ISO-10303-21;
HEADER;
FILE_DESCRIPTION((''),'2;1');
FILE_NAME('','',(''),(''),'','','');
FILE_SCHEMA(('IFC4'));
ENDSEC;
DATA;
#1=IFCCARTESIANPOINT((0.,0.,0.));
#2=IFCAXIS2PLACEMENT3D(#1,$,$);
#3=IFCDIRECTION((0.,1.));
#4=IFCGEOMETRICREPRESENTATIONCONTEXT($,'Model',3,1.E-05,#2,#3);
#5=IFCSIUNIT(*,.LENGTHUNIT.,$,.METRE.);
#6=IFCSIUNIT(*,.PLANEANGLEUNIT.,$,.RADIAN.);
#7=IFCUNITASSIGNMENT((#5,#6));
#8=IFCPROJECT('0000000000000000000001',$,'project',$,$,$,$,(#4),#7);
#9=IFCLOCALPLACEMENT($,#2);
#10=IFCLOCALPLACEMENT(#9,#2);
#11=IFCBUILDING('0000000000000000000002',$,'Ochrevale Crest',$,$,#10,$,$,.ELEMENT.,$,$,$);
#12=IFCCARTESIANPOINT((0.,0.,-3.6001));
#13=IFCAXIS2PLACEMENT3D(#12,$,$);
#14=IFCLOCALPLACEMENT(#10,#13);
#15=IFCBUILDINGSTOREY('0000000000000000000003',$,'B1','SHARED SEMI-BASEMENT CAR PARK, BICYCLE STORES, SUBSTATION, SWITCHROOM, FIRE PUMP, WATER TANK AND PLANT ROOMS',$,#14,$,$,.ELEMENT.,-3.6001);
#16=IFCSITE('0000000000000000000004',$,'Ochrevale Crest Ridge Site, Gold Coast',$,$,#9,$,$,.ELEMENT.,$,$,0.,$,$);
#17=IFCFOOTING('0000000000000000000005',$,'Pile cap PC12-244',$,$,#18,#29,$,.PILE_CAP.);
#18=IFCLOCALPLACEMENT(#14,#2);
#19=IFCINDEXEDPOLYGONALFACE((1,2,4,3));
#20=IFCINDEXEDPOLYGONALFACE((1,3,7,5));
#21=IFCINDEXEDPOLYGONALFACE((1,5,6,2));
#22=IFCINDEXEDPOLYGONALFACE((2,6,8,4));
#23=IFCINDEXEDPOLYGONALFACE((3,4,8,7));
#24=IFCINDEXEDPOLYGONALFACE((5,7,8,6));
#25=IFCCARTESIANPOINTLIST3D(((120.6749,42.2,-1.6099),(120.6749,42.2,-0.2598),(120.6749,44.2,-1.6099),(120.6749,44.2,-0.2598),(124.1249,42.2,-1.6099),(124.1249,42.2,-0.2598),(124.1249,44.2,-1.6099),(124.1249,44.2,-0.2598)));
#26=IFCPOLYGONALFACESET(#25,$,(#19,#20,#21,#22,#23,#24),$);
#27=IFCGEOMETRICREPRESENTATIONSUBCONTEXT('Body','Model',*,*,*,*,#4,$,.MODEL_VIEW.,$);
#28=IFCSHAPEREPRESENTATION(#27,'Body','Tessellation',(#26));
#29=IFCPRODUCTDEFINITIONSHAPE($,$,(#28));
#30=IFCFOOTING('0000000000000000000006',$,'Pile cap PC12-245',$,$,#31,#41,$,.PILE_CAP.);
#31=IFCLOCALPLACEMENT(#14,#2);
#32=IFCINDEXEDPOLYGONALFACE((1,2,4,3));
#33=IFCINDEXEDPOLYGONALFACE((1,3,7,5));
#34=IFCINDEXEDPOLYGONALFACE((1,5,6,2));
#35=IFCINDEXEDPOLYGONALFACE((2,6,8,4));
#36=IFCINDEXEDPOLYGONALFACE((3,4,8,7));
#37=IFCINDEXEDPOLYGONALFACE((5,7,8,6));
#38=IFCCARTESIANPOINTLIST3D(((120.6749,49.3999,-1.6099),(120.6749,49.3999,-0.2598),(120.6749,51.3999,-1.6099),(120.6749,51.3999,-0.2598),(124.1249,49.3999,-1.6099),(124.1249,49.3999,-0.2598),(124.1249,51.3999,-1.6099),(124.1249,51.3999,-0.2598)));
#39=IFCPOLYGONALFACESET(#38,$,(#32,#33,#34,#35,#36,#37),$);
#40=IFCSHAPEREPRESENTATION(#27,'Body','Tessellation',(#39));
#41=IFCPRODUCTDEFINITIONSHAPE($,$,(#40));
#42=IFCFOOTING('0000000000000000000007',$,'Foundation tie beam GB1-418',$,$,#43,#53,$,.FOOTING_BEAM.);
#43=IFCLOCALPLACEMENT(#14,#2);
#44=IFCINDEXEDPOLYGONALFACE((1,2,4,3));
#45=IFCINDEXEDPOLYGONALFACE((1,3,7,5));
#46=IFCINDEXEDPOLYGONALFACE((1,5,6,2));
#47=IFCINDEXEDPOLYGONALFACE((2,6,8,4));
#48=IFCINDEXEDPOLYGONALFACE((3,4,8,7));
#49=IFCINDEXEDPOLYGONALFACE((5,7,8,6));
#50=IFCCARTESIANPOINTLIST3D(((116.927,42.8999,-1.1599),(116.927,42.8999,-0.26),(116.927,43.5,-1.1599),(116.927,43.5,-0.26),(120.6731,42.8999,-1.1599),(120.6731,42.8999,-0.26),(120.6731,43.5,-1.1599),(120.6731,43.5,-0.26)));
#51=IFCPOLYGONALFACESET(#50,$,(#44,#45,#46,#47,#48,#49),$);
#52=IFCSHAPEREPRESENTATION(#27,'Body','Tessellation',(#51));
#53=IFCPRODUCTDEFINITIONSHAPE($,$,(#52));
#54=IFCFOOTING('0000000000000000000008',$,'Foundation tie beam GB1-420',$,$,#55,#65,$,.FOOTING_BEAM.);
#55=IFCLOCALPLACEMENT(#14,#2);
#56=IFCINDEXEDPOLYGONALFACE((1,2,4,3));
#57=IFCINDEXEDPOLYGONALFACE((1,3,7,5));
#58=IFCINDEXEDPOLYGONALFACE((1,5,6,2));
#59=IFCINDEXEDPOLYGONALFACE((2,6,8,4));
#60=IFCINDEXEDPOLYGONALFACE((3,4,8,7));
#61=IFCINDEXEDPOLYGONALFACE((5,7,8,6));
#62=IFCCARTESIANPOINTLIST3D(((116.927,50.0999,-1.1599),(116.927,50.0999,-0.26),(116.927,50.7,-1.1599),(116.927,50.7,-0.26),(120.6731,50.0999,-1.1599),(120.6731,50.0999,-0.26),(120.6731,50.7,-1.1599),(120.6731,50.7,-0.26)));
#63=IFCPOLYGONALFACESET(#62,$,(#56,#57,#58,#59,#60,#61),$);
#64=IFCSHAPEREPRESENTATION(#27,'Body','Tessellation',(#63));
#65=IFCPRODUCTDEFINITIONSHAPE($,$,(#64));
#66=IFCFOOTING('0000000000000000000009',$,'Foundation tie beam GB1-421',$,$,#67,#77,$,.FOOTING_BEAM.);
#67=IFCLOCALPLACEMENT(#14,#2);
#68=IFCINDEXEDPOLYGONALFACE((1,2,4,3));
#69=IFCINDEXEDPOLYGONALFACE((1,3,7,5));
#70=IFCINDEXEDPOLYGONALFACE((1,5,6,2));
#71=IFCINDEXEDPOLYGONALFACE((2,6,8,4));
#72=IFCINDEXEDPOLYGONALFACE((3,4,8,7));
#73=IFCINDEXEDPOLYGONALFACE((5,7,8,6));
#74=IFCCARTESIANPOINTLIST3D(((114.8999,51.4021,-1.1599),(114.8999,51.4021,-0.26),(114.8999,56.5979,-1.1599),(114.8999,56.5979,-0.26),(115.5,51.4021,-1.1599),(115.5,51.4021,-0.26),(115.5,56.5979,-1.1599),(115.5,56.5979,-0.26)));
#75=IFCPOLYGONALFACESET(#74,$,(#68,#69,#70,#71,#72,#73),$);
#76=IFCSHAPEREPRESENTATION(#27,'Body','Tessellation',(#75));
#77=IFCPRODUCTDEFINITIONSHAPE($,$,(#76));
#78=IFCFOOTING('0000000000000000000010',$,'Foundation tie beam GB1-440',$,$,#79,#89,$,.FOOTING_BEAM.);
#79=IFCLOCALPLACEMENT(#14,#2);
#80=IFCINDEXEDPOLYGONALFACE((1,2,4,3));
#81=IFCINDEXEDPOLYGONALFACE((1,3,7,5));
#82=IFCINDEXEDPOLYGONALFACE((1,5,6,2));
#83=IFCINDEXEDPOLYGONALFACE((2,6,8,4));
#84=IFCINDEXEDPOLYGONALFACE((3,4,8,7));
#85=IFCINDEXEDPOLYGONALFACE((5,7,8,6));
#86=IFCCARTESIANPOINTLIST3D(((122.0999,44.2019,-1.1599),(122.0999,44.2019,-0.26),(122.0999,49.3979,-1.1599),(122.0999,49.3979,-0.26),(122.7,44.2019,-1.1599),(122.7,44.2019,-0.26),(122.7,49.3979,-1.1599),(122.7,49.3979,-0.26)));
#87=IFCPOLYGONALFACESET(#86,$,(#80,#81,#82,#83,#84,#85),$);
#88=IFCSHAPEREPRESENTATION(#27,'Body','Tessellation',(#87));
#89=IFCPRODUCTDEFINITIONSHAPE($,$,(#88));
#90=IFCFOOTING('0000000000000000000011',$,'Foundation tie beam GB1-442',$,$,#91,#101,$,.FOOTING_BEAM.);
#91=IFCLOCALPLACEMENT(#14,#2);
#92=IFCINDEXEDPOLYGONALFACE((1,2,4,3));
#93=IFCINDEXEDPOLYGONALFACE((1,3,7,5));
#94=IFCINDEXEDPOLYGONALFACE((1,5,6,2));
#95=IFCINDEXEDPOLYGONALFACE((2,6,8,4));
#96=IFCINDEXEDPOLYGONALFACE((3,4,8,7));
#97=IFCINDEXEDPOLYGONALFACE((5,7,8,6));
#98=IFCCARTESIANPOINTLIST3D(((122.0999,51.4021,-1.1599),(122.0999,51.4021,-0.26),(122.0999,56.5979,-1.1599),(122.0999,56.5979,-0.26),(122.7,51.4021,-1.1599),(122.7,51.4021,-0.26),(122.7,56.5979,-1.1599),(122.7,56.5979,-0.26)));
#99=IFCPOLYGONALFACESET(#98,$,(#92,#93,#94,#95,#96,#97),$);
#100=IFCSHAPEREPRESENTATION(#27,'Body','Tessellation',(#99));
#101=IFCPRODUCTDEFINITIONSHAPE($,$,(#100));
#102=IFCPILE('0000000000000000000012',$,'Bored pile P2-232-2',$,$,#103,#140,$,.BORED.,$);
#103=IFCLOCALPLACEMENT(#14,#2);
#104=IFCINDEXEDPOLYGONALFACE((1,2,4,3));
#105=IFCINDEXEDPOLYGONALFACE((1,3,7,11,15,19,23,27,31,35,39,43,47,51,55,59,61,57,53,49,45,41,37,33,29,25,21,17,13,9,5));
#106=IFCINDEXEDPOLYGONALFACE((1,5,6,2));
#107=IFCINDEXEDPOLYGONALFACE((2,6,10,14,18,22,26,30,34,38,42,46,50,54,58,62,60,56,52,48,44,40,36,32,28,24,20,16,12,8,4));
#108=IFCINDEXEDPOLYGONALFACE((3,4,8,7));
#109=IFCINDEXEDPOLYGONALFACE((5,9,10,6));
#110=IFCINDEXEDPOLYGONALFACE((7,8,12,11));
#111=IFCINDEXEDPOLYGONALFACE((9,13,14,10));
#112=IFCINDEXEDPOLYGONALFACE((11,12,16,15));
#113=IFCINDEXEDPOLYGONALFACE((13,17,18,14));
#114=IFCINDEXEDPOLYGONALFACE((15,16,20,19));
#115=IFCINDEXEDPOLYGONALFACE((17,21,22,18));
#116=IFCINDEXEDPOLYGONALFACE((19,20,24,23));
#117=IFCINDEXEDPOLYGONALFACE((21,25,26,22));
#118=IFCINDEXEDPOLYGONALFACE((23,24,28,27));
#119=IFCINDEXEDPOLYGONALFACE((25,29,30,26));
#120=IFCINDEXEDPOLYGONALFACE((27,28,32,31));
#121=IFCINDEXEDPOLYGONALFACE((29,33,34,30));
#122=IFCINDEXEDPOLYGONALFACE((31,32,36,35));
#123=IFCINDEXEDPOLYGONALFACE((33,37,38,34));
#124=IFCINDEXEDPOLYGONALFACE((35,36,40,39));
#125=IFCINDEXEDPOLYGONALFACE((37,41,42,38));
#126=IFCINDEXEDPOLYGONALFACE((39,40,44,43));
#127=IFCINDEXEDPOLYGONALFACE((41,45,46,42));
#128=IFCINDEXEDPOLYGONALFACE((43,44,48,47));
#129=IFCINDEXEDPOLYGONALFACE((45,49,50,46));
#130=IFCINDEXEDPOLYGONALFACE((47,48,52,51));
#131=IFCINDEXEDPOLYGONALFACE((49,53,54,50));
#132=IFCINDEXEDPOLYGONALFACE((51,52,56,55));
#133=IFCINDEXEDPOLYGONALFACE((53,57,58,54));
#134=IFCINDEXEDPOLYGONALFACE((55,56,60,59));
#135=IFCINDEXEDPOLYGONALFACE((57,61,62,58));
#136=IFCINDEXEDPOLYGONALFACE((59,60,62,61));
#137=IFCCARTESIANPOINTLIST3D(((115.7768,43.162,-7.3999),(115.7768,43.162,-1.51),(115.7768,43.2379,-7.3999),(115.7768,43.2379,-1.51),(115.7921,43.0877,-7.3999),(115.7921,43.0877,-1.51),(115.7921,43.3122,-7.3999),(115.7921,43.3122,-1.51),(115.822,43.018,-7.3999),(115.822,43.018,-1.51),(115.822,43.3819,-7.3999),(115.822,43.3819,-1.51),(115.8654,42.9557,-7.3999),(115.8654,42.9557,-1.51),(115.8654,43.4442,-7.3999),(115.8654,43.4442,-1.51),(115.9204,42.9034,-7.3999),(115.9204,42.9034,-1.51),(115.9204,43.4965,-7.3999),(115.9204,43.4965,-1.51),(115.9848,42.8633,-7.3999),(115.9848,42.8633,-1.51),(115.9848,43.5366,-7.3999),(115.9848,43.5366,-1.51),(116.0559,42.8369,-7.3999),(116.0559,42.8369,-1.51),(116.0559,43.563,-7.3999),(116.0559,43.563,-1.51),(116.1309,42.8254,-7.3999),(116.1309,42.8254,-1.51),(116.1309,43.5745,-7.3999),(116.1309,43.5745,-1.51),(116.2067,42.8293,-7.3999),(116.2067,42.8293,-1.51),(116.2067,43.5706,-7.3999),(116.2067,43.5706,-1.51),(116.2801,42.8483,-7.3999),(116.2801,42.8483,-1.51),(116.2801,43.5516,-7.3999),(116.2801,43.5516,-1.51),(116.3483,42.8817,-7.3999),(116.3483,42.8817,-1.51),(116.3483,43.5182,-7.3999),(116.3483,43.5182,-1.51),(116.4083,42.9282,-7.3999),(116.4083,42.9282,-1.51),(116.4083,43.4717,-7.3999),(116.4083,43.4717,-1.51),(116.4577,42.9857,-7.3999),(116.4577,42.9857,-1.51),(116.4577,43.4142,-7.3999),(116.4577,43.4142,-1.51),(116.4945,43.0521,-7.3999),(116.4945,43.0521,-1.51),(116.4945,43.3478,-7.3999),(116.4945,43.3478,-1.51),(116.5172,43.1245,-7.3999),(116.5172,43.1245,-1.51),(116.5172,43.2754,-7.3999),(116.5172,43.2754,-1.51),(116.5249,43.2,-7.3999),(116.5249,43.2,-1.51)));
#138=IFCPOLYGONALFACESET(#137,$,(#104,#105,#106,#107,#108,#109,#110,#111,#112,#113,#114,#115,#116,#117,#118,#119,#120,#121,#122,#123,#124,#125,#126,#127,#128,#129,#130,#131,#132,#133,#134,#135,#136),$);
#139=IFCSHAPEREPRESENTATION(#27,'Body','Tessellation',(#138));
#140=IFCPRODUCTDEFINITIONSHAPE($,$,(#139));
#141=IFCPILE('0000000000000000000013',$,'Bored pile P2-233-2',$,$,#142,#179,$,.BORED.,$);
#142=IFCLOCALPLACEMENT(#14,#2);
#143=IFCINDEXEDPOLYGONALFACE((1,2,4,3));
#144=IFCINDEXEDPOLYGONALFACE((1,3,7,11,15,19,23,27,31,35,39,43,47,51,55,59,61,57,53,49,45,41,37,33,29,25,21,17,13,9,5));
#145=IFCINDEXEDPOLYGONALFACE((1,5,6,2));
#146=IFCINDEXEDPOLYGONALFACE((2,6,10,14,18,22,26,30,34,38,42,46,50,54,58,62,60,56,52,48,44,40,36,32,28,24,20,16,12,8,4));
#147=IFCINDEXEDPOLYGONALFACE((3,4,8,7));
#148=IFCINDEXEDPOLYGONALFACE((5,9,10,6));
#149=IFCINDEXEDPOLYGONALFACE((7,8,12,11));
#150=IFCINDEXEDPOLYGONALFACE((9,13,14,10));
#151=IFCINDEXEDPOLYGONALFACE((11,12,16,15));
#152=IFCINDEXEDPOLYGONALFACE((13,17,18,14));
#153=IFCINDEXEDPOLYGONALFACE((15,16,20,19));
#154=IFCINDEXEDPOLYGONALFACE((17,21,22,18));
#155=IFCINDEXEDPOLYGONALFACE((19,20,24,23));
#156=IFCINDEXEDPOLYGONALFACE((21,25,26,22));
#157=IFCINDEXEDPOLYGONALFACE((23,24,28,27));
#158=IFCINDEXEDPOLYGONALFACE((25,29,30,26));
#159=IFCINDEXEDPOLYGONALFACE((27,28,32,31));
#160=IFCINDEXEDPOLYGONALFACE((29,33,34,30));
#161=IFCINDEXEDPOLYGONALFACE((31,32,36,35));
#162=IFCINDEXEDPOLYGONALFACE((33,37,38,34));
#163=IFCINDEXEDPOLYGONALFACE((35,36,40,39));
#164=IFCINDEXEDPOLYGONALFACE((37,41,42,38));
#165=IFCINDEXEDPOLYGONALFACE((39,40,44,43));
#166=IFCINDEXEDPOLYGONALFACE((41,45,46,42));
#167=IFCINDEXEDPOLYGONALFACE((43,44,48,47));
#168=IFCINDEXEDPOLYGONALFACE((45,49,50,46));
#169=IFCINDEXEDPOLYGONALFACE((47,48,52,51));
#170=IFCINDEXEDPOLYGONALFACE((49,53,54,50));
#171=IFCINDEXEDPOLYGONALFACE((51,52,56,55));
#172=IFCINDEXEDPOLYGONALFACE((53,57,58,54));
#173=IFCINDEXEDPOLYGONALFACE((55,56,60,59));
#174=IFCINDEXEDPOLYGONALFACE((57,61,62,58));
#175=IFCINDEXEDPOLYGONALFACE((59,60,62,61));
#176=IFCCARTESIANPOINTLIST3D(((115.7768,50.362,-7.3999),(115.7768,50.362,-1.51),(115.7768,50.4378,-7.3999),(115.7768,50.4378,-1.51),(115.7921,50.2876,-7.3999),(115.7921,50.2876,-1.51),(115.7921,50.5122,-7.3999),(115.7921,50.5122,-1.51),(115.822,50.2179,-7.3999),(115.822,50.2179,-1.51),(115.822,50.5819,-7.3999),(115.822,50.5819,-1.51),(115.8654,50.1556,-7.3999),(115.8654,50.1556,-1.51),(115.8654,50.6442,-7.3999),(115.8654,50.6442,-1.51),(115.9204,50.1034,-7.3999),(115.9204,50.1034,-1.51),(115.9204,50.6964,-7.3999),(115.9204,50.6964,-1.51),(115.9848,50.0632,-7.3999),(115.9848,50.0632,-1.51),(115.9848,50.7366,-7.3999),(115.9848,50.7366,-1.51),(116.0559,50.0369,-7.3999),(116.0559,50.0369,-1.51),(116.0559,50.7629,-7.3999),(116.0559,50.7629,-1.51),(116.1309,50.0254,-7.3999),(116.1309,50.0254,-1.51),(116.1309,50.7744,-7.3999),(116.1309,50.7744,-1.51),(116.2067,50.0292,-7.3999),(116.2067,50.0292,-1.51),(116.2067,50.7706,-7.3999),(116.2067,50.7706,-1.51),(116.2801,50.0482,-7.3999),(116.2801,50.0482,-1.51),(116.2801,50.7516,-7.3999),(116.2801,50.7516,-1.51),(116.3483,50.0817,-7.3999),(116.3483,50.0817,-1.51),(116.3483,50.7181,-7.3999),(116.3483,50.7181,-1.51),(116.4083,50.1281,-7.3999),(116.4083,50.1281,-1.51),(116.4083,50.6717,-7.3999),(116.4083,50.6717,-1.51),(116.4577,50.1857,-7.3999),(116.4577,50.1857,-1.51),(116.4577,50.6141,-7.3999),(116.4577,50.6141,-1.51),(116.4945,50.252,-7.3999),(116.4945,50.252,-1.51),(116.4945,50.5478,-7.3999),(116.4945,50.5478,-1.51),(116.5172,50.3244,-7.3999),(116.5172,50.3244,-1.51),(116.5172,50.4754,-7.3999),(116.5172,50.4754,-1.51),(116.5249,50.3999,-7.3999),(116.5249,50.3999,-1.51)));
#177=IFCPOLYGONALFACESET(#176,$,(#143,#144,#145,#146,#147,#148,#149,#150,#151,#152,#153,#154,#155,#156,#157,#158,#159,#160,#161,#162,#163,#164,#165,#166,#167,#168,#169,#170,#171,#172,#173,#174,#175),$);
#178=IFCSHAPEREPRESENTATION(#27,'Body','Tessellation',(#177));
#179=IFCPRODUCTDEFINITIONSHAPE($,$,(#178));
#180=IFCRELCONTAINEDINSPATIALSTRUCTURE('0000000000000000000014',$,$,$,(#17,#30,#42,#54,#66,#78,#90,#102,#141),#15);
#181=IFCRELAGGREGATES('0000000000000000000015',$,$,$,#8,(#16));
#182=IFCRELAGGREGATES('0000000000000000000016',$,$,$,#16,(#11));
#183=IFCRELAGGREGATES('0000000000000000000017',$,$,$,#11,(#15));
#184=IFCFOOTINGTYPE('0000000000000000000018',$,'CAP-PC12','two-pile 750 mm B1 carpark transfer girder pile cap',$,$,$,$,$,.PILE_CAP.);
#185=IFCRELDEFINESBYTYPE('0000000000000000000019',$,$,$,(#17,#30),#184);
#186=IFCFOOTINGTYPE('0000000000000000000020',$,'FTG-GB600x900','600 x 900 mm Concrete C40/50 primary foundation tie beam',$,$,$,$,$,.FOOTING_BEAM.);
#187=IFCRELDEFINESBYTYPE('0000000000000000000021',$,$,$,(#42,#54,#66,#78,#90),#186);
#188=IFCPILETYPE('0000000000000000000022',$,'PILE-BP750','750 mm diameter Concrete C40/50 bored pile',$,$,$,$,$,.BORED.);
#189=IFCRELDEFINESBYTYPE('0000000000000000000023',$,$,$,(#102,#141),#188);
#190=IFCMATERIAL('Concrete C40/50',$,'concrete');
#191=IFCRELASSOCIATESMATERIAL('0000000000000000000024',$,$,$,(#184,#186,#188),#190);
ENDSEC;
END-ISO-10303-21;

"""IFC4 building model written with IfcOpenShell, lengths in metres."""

from ifc_helpers import new_model, si_unit, direction, frame, origin, origin_2d, place, context, subcontext, project, spatial, rectangle, circle, extrude, material, material_profile, profile_set, type_object, element, save


model = new_model("IFC4")

# Units and contexts
model_context = context("Model", 3, precision=1e-05, world=origin(), true_north=direction((0.0, 1.0)))
body_context = subcontext(model_context, "Body", "Model", "MODEL_VIEW")
ifc_project = project(units=[si_unit("LENGTHUNIT", "METRE"), si_unit("PLANEANGLEUNIT", "RADIAN")], contexts=[model_context])

# Site, building, storey
site_placement = place(None, origin())
site = spatial("IfcSite", under=ifc_project, at=site_placement, Name="Ochrevale Crest Ridge Site, Gold Coast", CompositionType="ELEMENT", RefElevation=0.0)
building_placement = place(site_placement, origin())
building = spatial("IfcBuilding", under=site, at=building_placement, Name="Ochrevale Crest", CompositionType="ELEMENT")
storey_placement = place(building_placement, frame((0.0, 0.0, -3.6001)))
storey = spatial("IfcBuildingStorey", under=building, at=storey_placement, Name="B1", Description="SHARED SEMI-BASEMENT CAR PARK, BICYCLE STORES, SUBSTATION, SWITCHROOM, FIRE PUMP, WATER TANK AND PLANT ROOMS", CompositionType="ELEMENT", Elevation=-3.6001)

# Footings
ifc_material_1 = material(Name="Concrete C40/50", Category="concrete")
footing_type_1 = type_object("IfcFootingType", Name="CAP-PC12", Description="two-pile 750 mm B1 carpark transfer girder pile cap", PredefinedType="PILE_CAP", material=ifc_material_1)
for number, where, z_axis, x_axis, name in (
    (1, (122.3999, 43.2, -1.6099), (0.0, 0.0, 1.0), (1.0, 0.0, 0.0), "Pile cap PC12-244"),
    (2, (122.3999, 50.3999, -1.6099), (0.0, 0.0, 1.0), (1.0, 0.0, 0.0), "Pile cap PC12-245"),
):
    element("IfcFooting", number, at=place(storey_placement, frame(where, z_axis=z_axis, x_axis=x_axis)), inside=storey, type_object=footing_type_1, Name=name, PredefinedType="PILE_CAP", context=body_context, shape_type="SweptSolid", body=[
        extrude(rectangle(XDim=3.45, YDim=2.0, at=origin_2d()), origin(), (0.0, 0.0, 1.0), 1.3501),
    ])
ifc_material_profile_1 = material_profile(ifc_material_1, rectangle(XDim=0.6001, YDim=0.8999, at=origin_2d()), Name="GB 600x900")
ifc_profile_set_1 = profile_set([ifc_material_profile_1], Name="Concrete C40/50")
footing_type_2 = type_object("IfcFootingType", Name="FTG-GB600x900", Description="600 x 900 mm Concrete C40/50 primary foundation tie beam", PredefinedType="FOOTING_BEAM", material=ifc_profile_set_1)
for number, where, z_axis, x_axis, name in (
    (3, (116.927, 43.2, -0.71), (1.0, 0.0, 0.0), (0.0, 1.0, 0.0), "Foundation tie beam GB1-418"),
    (4, (116.927, 50.3999, -0.71), (1.0, 0.0, 0.0), (0.0, 1.0, 0.0), "Foundation tie beam GB1-420"),
):
    element("IfcFooting", number, at=place(storey_placement, frame(where, z_axis=z_axis, x_axis=x_axis)), inside=storey, type_object=footing_type_2, Name=name, PredefinedType="FOOTING_BEAM", context=body_context, shape_type="SweptSolid", body=[
        extrude(rectangle(XDim=0.6001, YDim=0.8999, at=origin_2d()), origin(), (0.0, 0.0, 1.0), 3.7461),
    ])
footing_1_placement = place(storey_placement, frame((115.2, 51.4021, -0.71), z_axis=(0.0, 1.0, 0.0), x_axis=(-1.0, 0.0, 0.0)))
element("IfcFooting", 5, at=footing_1_placement, inside=storey, type_object=footing_type_2, Name="Foundation tie beam GB1-421", PredefinedType="FOOTING_BEAM", context=body_context, shape_type="SweptSolid", body=[
    extrude(rectangle(XDim=0.6001, YDim=0.8999, at=origin_2d()), origin(), (0.0, 0.0, 1.0), 5.1958),
])
footing_2_placement = place(storey_placement, frame((122.3999, 44.2019, -0.71), z_axis=(0.0, 1.0, 0.0), x_axis=(-1.0, 0.0, 0.0)))
element("IfcFooting", 6, at=footing_2_placement, inside=storey, type_object=footing_type_2, Name="Foundation tie beam GB1-440", PredefinedType="FOOTING_BEAM", context=body_context, shape_type="SweptSolid", body=[
    extrude(rectangle(XDim=0.6001, YDim=0.8999, at=origin_2d()), origin(), (0.0, 0.0, 1.0), 5.196),
])
footing_3_placement = place(storey_placement, frame((122.3999, 51.4021, -0.71), z_axis=(0.0, 1.0, 0.0), x_axis=(-1.0, 0.0, 0.0)))
element("IfcFooting", 7, at=footing_3_placement, inside=storey, type_object=footing_type_2, Name="Foundation tie beam GB1-442", PredefinedType="FOOTING_BEAM", context=body_context, shape_type="SweptSolid", body=[
    extrude(rectangle(XDim=0.6001, YDim=0.8999, at=origin_2d()), origin(), (0.0, 0.0, 1.0), 5.1958),
])

# Piles
ifc_material_profile_2 = material_profile(ifc_material_1, circle(Radius=0.375, at=origin_2d()), Name="BORED PILE 750")
ifc_profile_set_2 = profile_set([ifc_material_profile_2], Name="Concrete C40/50")
pile_type = type_object("IfcPileType", Name="PILE-BP750", Description="750 mm diameter Concrete C40/50 bored pile", PredefinedType="BORED", material=ifc_profile_set_2)
for number, where, z_axis, x_axis, name in (
    (8, (116.1499, 43.2, -1.51), (0.0, 0.0, -1.0), (1.0, 0.0, 0.0), "Bored pile P2-232-2"),
    (9, (116.1499, 50.3999, -1.51), (0.0, 0.0, -1.0), (1.0, 0.0, 0.0), "Bored pile P2-233-2"),
):
    element("IfcPile", number, at=place(storey_placement, frame(where, z_axis=z_axis, x_axis=x_axis)), inside=storey, type_object=pile_type, Name=name, PredefinedType="BORED", context=body_context, shape_type="SweptSolid", body=[
        extrude(circle(Radius=0.375, at=origin_2d()), origin(), (0.0, 0.0, 1.0), 5.8899),
    ])

save(model, "model.ifc")
